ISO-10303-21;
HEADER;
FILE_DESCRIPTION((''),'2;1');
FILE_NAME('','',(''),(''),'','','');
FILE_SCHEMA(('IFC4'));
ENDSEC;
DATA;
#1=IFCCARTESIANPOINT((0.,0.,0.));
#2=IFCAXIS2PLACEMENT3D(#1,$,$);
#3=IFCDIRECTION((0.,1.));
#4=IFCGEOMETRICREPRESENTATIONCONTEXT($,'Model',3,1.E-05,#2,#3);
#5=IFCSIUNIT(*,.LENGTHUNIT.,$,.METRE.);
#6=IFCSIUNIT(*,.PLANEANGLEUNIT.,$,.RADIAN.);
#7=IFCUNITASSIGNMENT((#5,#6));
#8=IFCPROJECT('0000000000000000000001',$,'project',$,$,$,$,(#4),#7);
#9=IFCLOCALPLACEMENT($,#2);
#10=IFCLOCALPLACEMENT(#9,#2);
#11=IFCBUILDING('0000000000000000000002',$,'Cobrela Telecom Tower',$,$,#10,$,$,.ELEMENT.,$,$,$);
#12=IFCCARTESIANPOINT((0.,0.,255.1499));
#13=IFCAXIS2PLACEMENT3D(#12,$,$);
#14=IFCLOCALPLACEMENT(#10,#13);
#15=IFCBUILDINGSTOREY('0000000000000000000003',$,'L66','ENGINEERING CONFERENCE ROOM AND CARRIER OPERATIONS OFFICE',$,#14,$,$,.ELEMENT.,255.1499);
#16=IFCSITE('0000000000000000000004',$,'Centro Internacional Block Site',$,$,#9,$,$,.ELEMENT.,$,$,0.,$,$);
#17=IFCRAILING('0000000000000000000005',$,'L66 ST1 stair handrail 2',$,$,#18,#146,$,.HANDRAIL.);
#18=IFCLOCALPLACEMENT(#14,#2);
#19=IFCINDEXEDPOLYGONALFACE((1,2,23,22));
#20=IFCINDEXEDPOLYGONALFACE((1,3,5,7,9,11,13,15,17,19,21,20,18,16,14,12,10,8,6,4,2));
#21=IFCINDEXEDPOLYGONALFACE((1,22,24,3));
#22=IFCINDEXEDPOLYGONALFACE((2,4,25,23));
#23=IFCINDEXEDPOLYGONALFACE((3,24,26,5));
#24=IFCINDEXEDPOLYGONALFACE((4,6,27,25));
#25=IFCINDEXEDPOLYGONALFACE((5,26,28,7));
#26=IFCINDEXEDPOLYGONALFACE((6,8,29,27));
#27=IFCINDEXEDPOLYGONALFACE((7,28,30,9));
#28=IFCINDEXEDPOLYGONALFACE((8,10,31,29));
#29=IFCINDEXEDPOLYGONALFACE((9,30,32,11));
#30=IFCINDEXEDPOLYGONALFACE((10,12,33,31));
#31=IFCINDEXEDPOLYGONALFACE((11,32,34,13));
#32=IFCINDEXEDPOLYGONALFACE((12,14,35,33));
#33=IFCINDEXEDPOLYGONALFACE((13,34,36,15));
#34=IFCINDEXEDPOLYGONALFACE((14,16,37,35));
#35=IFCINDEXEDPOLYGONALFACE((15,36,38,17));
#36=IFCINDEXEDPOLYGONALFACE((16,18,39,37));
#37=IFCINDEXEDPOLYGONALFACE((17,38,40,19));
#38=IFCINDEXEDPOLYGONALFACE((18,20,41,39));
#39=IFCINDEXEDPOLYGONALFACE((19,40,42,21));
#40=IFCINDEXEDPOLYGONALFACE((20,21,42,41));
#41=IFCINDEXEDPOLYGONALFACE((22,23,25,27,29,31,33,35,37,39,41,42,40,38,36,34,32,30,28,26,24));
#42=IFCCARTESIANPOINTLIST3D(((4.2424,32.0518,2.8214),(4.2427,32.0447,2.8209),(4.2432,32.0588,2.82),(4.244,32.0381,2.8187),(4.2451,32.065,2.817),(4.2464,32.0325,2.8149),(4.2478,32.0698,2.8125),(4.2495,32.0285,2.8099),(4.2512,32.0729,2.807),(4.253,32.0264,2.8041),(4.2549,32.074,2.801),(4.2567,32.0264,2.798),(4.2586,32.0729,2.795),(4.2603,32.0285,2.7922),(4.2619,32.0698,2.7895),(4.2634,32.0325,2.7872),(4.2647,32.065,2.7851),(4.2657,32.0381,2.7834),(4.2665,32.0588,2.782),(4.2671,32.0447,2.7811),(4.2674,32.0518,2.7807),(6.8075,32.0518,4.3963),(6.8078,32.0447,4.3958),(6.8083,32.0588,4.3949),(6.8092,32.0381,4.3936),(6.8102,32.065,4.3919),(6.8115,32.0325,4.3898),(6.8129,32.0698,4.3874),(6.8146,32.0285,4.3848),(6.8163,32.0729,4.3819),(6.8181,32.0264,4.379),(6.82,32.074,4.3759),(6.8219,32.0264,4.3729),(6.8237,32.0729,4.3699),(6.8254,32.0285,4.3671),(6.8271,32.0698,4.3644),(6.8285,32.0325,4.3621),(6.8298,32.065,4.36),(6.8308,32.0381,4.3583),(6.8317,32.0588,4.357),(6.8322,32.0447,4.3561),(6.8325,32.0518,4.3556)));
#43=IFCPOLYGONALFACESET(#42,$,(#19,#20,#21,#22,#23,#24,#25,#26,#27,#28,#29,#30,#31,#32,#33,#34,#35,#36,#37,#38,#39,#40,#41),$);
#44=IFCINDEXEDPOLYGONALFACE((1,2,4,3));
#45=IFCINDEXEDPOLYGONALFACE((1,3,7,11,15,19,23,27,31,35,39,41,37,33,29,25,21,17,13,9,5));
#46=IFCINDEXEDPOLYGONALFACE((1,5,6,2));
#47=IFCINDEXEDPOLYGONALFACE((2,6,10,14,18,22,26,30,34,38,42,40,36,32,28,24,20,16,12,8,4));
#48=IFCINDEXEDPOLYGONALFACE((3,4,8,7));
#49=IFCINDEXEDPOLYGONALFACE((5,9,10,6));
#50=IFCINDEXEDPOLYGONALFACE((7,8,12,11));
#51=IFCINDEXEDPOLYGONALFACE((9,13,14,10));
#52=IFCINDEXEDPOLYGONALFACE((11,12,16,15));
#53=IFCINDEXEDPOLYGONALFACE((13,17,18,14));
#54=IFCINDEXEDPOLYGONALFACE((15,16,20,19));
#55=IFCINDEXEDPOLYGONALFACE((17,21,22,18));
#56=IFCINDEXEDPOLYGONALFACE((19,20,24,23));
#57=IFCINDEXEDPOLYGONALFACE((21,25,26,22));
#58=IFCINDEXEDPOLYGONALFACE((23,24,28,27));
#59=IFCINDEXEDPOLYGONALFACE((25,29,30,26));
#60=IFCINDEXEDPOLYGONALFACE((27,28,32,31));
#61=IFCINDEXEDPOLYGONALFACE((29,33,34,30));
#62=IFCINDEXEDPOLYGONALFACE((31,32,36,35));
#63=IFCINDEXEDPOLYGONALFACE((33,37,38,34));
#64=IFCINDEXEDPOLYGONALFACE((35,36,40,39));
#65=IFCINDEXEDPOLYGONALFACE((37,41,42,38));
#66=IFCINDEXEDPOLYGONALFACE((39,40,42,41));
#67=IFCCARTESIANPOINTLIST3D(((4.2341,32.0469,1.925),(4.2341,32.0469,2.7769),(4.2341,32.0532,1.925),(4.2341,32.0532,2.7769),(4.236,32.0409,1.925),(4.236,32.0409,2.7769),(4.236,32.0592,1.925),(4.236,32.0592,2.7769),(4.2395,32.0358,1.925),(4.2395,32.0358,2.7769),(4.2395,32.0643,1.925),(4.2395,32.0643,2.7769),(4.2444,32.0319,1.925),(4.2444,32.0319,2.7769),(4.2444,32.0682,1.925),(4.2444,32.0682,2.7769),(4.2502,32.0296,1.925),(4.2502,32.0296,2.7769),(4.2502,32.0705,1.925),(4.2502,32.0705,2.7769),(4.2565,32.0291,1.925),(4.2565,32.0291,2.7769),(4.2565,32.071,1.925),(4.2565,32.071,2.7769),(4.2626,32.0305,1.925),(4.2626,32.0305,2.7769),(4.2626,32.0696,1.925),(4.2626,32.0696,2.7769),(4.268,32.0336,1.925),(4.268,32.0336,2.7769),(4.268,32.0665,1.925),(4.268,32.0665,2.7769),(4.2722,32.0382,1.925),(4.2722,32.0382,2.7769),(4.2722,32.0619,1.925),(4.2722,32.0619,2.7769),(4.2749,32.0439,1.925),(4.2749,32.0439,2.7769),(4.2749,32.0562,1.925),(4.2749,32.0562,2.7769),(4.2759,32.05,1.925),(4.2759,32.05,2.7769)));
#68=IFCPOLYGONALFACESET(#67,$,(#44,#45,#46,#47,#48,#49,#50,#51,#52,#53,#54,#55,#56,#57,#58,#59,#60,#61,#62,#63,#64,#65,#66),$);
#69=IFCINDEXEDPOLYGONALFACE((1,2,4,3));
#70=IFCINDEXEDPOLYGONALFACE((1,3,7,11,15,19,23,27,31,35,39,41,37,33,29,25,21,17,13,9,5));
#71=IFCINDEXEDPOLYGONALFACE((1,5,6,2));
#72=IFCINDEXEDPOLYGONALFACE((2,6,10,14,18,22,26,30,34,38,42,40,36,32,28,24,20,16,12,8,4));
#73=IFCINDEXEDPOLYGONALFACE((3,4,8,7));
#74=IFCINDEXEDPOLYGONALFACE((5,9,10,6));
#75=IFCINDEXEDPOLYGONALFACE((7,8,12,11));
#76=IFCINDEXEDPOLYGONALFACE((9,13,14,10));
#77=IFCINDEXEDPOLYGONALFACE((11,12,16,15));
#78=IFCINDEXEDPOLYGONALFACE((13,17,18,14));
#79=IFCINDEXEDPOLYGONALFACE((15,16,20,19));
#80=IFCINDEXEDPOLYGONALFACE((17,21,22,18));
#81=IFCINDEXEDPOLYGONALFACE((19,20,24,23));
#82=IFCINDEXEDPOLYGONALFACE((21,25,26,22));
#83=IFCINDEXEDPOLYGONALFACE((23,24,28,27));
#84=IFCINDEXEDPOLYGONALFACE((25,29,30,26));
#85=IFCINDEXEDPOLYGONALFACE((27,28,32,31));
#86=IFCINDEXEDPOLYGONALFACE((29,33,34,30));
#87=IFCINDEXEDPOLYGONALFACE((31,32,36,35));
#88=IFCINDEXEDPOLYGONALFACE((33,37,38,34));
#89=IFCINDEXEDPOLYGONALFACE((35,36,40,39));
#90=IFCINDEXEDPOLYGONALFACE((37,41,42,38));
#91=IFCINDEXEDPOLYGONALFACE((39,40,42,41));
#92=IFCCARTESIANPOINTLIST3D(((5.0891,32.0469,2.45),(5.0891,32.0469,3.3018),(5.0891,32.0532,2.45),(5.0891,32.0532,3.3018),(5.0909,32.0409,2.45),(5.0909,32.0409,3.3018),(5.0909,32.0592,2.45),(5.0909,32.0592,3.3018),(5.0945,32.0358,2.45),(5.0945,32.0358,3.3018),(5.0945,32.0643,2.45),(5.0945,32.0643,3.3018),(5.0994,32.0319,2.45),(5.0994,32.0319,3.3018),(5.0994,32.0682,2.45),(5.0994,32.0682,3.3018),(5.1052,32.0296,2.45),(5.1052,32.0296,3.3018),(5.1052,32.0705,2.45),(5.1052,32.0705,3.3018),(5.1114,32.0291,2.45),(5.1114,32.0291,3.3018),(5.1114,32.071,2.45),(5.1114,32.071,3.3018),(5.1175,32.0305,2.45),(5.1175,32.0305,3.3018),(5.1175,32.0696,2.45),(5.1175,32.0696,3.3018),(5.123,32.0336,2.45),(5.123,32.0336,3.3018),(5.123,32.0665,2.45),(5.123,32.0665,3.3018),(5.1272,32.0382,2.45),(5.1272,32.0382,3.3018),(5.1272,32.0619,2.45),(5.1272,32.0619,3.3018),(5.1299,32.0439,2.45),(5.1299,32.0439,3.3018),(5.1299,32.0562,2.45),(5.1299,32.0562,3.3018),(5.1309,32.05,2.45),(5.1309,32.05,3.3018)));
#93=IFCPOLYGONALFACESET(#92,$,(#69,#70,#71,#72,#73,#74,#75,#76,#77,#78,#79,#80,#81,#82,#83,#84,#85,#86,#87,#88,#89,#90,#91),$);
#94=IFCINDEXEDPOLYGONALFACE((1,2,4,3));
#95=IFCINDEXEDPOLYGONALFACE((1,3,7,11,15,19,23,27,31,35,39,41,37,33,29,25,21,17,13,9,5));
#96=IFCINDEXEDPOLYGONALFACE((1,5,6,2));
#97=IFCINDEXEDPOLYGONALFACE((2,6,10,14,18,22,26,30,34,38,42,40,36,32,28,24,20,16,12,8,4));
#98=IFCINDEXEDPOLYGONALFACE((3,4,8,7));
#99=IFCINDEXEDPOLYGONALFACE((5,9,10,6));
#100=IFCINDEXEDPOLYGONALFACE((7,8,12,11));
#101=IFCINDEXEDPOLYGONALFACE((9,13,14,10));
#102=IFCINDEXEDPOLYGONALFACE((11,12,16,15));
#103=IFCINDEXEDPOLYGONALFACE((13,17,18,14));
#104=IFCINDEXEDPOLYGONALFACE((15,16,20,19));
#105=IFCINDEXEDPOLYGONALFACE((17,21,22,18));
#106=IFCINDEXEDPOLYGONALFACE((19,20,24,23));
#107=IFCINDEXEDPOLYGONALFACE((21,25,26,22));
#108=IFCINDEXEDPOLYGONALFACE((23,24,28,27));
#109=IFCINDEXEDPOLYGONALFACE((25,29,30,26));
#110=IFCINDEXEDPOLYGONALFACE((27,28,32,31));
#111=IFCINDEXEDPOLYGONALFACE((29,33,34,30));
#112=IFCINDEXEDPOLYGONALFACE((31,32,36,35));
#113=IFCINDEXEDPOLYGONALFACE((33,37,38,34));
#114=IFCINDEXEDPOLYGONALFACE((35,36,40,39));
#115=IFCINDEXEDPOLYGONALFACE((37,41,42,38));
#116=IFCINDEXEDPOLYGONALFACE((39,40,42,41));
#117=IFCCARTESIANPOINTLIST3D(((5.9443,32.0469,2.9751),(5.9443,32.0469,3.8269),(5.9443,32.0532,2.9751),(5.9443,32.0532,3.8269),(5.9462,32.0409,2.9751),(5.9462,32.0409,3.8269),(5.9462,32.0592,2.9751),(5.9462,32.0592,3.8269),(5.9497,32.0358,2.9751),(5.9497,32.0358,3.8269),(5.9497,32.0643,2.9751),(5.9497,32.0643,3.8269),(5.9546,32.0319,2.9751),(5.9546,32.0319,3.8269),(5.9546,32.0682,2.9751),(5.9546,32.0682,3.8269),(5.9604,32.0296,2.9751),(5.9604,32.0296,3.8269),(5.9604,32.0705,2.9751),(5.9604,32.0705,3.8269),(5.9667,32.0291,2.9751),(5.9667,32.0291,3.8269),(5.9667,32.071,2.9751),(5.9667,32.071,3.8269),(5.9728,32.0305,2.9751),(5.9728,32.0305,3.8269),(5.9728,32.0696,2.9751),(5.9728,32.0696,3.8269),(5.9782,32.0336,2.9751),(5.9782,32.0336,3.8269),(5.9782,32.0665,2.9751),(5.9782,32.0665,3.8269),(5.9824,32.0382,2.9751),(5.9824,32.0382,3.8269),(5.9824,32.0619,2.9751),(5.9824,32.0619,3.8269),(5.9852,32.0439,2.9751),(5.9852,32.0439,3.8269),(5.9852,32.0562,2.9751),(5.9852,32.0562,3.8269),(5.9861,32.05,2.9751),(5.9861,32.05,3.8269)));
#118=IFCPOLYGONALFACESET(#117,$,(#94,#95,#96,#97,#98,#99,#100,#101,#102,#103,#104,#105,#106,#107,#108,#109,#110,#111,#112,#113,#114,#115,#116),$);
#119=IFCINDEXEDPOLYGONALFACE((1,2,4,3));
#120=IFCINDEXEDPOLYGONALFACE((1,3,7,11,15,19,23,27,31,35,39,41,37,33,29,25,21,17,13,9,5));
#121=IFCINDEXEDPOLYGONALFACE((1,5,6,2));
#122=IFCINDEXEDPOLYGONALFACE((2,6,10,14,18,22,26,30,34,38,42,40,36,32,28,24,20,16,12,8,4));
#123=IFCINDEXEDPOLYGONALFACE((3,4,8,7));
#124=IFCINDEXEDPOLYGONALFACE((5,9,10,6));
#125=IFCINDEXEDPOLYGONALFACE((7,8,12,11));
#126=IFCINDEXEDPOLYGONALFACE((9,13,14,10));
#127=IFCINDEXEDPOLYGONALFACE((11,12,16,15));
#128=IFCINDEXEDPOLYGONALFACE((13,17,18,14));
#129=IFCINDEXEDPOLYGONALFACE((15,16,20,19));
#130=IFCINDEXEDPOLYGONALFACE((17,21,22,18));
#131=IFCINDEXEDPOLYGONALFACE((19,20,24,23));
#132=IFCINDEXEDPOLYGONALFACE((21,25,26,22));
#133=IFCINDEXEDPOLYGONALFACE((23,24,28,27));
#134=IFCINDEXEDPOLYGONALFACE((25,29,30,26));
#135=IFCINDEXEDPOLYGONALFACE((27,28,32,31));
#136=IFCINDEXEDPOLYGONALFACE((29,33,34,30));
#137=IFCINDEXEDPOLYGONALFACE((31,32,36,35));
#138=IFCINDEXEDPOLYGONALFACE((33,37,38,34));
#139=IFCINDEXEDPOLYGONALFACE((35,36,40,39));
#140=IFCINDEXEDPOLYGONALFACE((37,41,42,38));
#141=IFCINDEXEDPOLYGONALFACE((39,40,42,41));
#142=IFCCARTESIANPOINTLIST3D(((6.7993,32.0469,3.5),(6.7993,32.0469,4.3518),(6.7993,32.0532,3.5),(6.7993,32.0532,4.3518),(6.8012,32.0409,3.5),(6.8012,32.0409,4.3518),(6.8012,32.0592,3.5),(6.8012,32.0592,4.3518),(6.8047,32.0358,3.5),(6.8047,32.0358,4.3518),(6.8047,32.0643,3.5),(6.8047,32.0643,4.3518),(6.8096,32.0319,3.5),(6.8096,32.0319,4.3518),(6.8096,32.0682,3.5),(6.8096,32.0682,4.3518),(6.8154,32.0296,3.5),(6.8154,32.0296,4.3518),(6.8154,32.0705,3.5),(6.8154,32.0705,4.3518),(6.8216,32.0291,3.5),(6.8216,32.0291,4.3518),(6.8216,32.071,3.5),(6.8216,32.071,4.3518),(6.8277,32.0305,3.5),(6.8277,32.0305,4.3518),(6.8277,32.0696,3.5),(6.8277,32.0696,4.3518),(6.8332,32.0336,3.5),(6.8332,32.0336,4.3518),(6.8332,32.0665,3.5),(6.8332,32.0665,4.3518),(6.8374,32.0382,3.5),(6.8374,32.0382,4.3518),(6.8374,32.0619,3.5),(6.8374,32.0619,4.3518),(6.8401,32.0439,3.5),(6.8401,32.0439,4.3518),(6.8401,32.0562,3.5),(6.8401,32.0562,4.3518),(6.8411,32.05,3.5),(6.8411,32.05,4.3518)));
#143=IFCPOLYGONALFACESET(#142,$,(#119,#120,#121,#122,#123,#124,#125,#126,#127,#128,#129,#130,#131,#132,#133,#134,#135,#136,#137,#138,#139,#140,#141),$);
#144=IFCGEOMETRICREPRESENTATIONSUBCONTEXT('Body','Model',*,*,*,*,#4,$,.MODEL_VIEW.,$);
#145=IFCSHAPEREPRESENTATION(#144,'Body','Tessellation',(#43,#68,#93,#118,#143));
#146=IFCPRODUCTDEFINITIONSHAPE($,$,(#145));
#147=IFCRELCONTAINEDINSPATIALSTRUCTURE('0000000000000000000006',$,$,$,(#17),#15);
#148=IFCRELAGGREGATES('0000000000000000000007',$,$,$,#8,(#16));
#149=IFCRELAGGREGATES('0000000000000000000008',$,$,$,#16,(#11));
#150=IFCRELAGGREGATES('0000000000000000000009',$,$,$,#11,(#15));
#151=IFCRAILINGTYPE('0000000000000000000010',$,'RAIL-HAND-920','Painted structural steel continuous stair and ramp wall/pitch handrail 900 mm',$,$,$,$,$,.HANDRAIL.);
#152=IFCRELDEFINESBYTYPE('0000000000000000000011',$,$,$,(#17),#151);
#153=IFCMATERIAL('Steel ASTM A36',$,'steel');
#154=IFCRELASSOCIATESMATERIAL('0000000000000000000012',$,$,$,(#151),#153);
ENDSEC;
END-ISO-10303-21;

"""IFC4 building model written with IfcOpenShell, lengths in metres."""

from ifc_helpers import new_model, si_unit, direction, frame, origin, origin_2d, place, context, subcontext, project, spatial, circle, extrude, material, type_object, element, save


model = new_model("IFC4")

# Units and contexts
model_context = context("Model", 3, precision=1e-05, world=origin(), true_north=direction((0.0, 1.0)))
body_context = subcontext(model_context, "Body", "Model", "MODEL_VIEW")
ifc_project = project(units=[si_unit("LENGTHUNIT", "METRE"), si_unit("PLANEANGLEUNIT", "RADIAN")], contexts=[model_context])

# Site, building, storey
site_placement = place(None, origin())
site = spatial("IfcSite", under=ifc_project, at=site_placement, Name="Centro Internacional Block Site", CompositionType="ELEMENT", RefElevation=0.0)
building_placement = place(site_placement, origin())
building = spatial("IfcBuilding", under=site, at=building_placement, Name="Cobrela Telecom Tower", CompositionType="ELEMENT")
storey_placement = place(building_placement, frame((0.0, 0.0, 255.1499)))
storey = spatial("IfcBuildingStorey", under=building, at=storey_placement, Name="L66", Description="ENGINEERING CONFERENCE ROOM AND CARRIER OPERATIONS OFFICE", CompositionType="ELEMENT", Elevation=255.1499)

# Shared definitions
ifc_material_1 = material(Name="Steel ASTM A36", Category="steel")

# Railing
railing_type_1 = type_object("IfcRailingType", Name="RAIL-HAND-920", Description="Painted structural steel continuous stair and ramp wall/pitch handrail 900 mm", PredefinedType="HANDRAIL", material=ifc_material_1)
railing_1_placement = place(storey_placement, frame((4.2549, 32.05, 1.925)))
element("IfcRailing", 1, at=railing_1_placement, inside=storey, type_object=railing_type_1, Name="L66 ST1 stair handrail 2", PredefinedType="HANDRAIL", context=body_context, shape_type="SweptSolid", body=[
    extrude(circle(Radius=0.0239, at=origin_2d()), frame((0.0, 0.0, 0.876), z_axis=(0.852195, 0.0, 0.523224), x_axis=(0.0, 1.0, 0.0)), (0.0, 0.0, 1.0), 3.01),
    extrude(circle(Radius=0.021, at=origin_2d()), origin(), (0.0, 0.0, 1.0), 0.8518),
    extrude(circle(Radius=0.021, at=origin_2d()), frame((0.855, 0.0, 0.5249)), (0.0, 0.0, 1.0), 0.8518),
    extrude(circle(Radius=0.021, at=origin_2d()), frame((1.7102, 0.0, 1.05)), (0.0, 0.0, 1.0), 0.8518),
    extrude(circle(Radius=0.021, at=origin_2d()), frame((2.5652, 0.0, 1.575)), (0.0, 0.0, 1.0), 0.8518),
])

save(model, "model.ifc")
